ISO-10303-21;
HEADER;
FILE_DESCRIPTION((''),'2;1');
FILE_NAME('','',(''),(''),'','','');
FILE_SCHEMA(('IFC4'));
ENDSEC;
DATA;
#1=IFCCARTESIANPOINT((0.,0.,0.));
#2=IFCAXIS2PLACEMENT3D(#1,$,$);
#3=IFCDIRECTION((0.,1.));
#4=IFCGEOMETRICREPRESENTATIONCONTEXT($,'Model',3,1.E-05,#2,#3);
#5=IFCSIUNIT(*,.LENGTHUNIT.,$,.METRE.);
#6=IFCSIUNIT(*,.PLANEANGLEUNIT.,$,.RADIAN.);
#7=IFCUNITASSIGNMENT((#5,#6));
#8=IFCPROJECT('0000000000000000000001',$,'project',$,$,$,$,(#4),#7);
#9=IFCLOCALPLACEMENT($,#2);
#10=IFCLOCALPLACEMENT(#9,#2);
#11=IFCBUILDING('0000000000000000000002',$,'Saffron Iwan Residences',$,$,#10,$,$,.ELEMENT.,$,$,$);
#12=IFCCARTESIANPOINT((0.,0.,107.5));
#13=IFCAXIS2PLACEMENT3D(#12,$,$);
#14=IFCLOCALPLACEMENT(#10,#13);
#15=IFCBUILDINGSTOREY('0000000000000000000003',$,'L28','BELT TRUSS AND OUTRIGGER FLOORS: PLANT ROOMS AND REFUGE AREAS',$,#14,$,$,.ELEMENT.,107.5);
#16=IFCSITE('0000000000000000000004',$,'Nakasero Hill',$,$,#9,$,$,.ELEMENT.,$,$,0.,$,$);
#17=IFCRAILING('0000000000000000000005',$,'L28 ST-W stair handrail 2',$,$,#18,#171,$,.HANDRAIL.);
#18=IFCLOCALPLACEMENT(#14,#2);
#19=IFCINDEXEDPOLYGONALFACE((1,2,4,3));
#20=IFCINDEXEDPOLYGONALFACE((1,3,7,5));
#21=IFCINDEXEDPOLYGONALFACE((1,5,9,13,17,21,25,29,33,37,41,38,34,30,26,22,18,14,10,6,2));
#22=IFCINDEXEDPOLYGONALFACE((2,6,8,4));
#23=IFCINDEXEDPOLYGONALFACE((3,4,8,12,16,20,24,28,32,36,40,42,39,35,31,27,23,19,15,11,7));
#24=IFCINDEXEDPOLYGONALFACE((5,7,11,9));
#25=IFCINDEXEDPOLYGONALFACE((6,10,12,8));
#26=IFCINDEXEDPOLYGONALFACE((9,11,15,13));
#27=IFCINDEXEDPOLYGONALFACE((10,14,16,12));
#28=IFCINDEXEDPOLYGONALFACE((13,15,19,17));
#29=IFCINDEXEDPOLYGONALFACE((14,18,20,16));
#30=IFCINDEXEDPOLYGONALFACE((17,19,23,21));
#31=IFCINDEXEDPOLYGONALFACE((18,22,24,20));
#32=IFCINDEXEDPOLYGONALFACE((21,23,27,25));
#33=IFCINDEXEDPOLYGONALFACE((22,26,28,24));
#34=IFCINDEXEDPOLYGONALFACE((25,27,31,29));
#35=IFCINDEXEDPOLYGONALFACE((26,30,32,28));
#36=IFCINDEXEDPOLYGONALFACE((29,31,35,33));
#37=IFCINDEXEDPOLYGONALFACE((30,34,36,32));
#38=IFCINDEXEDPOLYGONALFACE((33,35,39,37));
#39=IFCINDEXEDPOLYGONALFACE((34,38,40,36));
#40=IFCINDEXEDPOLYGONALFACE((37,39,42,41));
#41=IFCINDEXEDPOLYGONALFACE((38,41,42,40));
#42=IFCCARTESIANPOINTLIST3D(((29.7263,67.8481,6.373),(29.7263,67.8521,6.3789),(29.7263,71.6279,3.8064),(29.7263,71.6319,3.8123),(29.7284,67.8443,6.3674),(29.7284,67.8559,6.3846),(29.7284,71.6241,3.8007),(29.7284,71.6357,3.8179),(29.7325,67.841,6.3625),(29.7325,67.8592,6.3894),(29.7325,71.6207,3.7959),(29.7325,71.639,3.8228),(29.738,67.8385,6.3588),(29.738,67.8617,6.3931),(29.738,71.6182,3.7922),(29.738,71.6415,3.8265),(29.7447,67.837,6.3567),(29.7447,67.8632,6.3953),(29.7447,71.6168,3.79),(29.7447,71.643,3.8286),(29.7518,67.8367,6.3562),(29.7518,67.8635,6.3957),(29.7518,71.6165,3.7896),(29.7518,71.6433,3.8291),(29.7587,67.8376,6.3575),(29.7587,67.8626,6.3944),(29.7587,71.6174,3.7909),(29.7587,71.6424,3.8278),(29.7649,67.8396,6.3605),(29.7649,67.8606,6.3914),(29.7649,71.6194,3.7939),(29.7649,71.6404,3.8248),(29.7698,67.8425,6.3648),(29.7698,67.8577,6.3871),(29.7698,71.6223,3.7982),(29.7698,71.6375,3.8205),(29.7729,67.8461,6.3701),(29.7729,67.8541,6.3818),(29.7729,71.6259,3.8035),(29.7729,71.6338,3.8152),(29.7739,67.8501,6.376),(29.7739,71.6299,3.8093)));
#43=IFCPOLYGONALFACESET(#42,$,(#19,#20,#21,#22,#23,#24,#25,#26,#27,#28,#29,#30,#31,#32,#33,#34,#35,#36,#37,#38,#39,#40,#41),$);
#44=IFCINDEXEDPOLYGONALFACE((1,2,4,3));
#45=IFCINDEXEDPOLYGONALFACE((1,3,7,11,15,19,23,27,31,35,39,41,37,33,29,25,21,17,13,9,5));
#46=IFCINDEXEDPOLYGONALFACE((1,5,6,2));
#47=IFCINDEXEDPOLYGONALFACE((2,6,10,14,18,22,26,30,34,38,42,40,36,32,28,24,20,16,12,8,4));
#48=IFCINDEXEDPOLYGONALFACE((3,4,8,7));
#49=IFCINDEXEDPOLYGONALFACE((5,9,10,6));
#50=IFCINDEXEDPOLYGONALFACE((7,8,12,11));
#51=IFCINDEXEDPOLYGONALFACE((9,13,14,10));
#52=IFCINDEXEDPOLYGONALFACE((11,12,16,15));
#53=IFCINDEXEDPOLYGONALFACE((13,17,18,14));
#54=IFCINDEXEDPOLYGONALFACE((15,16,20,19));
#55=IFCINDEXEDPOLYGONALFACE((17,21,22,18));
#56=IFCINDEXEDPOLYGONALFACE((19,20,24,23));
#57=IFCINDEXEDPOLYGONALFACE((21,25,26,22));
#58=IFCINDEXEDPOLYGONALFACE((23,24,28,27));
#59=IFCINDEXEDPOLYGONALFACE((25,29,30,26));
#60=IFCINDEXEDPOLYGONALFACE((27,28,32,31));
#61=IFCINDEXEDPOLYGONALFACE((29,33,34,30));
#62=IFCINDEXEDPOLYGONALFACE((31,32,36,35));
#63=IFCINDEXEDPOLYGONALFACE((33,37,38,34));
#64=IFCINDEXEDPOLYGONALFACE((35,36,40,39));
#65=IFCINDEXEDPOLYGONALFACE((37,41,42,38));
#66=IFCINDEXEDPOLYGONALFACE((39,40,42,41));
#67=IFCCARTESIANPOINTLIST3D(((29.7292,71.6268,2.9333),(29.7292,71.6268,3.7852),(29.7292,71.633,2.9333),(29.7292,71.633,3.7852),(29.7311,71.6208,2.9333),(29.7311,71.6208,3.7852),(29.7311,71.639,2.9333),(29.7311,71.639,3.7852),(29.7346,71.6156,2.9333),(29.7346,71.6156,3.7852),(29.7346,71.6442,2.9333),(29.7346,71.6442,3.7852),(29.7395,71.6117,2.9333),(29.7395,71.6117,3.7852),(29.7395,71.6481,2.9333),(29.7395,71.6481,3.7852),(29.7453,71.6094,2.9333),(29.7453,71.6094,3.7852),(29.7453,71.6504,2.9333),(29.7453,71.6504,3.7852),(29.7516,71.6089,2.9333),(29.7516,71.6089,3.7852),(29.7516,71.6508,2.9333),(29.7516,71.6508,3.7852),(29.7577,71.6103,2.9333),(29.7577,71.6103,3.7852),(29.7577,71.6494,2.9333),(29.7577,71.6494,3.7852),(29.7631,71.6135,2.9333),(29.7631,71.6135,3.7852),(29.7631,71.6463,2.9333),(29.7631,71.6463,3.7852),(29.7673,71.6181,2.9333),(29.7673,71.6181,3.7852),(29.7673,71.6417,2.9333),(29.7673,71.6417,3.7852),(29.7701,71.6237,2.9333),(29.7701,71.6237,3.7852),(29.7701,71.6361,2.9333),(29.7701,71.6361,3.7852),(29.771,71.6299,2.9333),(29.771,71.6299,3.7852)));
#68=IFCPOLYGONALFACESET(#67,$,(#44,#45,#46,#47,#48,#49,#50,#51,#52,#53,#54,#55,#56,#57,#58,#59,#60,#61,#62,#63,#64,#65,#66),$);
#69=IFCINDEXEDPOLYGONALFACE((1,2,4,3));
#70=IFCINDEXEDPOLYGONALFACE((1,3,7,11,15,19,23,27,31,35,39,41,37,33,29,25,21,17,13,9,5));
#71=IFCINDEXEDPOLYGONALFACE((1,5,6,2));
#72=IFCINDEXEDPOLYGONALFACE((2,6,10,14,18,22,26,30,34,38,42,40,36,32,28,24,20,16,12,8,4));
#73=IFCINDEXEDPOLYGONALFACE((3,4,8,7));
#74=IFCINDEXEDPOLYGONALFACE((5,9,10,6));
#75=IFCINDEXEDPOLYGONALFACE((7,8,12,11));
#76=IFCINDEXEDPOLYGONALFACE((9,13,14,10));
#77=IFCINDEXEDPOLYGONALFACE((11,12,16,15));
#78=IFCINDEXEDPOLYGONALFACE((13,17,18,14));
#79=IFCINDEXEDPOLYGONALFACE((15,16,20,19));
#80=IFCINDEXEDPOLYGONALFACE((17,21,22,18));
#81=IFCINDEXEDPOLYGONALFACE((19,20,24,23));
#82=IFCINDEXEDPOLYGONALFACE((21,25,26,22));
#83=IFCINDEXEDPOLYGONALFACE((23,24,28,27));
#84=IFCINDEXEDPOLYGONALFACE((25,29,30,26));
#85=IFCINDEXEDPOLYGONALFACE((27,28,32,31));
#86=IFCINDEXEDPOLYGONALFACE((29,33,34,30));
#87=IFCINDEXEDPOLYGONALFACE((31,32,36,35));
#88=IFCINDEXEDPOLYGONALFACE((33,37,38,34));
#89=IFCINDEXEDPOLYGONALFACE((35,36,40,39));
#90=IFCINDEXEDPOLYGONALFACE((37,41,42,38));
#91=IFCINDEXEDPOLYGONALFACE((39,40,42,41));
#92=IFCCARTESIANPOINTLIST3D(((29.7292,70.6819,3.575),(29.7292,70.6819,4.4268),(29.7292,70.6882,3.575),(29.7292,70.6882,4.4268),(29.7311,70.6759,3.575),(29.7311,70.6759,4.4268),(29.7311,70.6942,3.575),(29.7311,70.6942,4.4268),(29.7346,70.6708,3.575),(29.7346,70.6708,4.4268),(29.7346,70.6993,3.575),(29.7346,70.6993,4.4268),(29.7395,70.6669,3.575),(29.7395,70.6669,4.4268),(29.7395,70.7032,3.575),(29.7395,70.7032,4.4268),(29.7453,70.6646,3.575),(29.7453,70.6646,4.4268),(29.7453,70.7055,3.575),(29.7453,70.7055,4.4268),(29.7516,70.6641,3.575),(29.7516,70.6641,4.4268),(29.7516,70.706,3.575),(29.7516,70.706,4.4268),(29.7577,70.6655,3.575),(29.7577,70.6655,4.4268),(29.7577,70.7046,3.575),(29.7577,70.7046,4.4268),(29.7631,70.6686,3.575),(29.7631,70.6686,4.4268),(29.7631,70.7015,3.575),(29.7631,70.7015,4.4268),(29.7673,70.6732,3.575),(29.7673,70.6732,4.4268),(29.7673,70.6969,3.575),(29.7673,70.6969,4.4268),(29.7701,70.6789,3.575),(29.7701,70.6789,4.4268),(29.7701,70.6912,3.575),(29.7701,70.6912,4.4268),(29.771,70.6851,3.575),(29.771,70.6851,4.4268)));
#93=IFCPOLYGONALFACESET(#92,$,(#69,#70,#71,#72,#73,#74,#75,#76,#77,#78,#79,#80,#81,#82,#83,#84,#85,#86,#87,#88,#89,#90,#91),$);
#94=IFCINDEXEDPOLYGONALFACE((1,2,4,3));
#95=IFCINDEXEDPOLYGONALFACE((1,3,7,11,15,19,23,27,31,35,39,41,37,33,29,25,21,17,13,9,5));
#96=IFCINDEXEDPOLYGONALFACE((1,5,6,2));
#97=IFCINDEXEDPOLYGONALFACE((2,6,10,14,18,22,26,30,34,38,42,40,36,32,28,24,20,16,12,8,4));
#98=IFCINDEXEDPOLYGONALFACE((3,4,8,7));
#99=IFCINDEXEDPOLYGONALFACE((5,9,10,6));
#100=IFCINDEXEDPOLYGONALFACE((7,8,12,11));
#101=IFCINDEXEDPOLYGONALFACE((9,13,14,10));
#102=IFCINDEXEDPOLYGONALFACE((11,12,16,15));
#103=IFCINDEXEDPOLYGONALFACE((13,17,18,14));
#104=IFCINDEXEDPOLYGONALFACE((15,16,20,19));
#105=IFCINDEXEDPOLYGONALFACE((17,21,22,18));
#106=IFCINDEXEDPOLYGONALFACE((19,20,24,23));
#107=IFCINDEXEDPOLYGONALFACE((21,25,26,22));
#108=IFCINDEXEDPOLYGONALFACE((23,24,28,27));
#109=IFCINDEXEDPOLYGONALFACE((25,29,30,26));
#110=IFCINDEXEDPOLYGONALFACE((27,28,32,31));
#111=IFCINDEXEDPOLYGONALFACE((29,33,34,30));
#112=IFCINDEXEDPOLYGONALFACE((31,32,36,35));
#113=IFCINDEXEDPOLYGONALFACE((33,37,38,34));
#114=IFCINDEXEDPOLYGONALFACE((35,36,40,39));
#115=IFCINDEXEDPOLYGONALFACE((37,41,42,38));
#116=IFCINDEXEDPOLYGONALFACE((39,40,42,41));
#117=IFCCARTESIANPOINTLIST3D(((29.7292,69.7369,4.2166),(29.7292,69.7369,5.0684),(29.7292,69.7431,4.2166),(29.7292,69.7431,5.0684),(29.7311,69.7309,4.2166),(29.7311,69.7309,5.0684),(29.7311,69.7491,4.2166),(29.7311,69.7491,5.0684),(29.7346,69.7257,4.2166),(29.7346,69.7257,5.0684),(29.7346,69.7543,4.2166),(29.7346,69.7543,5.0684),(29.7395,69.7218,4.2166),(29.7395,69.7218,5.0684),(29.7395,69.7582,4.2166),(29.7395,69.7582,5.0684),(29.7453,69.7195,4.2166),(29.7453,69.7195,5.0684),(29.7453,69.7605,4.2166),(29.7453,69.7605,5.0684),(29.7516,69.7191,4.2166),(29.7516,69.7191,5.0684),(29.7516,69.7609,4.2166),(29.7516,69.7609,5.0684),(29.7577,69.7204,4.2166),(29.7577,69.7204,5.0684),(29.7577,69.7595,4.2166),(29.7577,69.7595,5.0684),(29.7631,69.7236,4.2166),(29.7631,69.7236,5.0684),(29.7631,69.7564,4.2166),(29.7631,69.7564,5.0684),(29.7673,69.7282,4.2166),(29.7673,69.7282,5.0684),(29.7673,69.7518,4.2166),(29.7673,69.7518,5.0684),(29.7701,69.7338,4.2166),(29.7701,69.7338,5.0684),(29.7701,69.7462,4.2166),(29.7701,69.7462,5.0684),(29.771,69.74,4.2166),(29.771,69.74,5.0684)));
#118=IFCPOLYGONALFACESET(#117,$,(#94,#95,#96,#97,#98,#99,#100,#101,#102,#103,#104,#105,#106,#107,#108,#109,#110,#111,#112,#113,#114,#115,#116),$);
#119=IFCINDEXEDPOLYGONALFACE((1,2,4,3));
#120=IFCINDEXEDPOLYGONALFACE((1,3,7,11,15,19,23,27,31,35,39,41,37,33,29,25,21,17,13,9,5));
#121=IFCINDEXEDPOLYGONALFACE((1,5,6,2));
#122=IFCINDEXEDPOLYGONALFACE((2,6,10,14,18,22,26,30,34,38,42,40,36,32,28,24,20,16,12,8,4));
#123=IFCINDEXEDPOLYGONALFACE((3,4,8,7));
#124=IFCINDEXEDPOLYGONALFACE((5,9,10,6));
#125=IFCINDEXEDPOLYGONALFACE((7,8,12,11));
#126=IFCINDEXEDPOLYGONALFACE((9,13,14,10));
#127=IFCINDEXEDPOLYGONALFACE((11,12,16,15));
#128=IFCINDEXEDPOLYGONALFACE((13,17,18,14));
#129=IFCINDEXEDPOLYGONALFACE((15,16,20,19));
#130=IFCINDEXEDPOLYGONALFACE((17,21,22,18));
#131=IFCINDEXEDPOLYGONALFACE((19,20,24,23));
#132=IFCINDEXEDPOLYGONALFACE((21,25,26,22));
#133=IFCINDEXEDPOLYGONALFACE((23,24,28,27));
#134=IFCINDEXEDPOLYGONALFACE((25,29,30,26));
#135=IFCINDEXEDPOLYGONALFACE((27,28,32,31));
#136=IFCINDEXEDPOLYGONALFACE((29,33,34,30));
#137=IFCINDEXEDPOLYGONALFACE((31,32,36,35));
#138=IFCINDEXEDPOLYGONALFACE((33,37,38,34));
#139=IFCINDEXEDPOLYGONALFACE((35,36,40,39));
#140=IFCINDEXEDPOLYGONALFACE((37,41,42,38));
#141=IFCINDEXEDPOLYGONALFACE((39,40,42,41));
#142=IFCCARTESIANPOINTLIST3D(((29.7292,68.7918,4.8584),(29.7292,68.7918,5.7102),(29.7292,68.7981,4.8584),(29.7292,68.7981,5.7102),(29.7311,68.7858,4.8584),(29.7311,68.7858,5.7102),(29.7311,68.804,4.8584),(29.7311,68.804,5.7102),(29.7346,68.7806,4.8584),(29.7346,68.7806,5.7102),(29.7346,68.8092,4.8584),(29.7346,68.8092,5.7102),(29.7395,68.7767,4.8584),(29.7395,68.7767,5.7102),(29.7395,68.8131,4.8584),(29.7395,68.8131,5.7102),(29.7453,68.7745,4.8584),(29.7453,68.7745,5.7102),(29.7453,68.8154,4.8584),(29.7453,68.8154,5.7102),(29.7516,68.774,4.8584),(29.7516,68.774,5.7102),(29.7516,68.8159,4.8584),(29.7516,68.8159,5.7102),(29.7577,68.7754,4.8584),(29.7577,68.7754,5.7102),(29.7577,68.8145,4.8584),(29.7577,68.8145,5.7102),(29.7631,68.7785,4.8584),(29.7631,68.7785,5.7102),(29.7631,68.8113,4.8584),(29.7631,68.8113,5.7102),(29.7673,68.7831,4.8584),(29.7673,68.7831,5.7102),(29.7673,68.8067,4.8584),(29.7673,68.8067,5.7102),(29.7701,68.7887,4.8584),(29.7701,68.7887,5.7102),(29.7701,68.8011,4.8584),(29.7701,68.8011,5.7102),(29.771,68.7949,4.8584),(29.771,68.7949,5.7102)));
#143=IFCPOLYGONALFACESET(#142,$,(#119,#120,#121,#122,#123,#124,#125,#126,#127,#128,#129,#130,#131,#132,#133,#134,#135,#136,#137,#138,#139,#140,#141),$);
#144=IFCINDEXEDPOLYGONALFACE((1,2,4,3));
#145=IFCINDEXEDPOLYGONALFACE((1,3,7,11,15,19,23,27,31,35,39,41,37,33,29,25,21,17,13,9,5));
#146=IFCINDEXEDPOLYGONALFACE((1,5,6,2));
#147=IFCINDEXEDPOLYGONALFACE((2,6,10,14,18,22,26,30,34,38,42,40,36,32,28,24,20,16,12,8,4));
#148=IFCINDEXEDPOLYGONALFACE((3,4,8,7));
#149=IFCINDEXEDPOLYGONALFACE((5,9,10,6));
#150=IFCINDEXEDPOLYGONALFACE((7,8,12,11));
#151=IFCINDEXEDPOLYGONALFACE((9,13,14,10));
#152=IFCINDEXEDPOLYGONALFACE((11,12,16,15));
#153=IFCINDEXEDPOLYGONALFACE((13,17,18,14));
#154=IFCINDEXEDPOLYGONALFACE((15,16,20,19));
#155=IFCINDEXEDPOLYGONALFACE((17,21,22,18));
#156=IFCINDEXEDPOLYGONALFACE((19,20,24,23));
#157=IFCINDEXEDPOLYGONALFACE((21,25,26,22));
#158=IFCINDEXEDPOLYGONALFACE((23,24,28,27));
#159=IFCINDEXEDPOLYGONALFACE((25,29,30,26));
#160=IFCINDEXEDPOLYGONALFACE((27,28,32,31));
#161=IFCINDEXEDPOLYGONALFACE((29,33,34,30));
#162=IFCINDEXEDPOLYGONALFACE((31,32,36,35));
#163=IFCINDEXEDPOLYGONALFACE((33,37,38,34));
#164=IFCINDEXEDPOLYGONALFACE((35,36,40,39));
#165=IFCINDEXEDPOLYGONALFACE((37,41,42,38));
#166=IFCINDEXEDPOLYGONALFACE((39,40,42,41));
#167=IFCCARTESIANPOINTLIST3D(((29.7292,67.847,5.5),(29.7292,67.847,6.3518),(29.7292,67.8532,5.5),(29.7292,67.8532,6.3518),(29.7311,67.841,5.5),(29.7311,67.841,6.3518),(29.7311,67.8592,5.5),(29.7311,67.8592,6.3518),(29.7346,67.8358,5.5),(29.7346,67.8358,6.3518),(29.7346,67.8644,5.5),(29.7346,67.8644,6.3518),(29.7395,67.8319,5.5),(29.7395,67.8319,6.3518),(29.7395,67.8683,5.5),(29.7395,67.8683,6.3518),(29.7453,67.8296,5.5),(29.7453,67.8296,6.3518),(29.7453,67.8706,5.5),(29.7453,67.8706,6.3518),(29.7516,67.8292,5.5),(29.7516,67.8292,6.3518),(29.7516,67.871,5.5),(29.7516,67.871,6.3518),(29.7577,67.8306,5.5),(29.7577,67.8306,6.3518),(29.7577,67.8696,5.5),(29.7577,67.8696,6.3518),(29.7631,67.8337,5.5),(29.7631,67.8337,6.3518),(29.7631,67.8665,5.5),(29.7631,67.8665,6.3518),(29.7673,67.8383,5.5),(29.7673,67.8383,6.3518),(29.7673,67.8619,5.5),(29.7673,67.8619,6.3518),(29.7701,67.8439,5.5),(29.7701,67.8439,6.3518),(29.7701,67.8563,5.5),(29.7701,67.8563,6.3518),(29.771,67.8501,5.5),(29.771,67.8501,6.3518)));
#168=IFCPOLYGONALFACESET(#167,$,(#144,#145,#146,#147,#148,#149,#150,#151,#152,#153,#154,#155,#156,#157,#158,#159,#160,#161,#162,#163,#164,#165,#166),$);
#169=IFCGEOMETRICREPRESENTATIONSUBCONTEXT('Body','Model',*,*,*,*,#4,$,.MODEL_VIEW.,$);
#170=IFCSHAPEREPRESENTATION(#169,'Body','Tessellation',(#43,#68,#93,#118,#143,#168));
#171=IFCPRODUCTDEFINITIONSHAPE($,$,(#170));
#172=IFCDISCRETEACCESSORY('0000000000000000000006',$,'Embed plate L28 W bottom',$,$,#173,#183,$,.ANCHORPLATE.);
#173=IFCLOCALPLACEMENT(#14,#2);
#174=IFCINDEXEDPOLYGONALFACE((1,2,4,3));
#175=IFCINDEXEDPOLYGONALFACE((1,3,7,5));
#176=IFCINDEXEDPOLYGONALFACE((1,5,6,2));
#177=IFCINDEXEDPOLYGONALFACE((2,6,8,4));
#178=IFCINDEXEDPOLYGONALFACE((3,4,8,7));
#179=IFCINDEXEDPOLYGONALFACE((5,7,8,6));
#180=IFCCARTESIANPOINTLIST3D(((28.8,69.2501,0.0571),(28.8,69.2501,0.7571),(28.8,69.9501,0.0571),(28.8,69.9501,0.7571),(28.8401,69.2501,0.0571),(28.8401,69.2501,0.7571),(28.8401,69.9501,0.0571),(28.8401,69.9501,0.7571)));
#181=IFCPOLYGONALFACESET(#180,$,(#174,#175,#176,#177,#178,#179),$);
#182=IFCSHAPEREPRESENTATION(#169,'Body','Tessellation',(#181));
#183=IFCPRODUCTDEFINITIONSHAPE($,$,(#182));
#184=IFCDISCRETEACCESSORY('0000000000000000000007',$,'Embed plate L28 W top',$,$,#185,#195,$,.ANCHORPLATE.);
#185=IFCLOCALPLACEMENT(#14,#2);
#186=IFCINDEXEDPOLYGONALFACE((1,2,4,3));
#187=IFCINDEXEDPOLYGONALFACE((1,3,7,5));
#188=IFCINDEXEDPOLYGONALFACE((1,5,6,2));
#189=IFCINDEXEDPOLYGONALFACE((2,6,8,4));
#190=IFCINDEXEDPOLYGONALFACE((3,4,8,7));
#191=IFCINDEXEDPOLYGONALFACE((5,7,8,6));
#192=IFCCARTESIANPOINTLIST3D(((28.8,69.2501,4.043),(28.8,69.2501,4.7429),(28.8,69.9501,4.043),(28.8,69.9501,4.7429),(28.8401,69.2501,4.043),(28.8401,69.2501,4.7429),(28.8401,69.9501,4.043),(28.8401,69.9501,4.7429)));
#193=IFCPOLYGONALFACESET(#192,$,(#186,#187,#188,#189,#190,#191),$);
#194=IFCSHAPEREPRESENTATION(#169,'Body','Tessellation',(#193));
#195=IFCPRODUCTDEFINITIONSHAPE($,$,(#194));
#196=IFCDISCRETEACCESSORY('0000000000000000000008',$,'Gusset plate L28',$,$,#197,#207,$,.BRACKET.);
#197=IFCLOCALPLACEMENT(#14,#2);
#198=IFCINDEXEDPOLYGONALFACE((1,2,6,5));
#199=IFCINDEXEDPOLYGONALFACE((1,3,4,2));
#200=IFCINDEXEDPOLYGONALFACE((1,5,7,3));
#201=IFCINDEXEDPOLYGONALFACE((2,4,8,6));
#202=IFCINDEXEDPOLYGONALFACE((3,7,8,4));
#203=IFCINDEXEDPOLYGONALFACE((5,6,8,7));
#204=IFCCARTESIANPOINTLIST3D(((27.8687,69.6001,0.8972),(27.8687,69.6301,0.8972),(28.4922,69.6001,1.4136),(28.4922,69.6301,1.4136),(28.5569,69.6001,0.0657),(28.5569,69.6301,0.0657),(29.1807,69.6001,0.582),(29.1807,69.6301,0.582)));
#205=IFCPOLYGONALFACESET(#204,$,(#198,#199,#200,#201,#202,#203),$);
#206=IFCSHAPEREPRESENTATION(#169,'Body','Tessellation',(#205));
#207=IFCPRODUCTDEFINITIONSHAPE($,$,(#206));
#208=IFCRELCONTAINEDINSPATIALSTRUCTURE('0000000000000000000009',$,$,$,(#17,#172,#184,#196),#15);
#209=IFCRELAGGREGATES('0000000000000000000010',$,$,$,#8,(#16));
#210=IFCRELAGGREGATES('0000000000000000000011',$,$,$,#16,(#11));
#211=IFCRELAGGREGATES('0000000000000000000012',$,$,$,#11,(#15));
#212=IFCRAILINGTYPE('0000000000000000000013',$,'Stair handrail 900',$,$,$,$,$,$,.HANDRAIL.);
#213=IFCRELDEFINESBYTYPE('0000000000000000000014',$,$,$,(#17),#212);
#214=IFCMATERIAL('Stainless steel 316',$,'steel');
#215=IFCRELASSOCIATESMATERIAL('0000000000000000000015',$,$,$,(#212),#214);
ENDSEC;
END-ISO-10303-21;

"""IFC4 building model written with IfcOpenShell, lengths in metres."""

from ifc_helpers import new_model, si_unit, direction, frame, origin, origin_2d, place, context, subcontext, project, spatial, polyline, rectangle, circle, outline, extrude, source, transform, mapped, material, type_object, element, save


model = new_model("IFC4")

# Units and contexts
model_context = context("Model", 3, precision=1e-05, world=origin(), true_north=direction((0.0, 1.0)))
body_context = subcontext(model_context, "Body", "Model", "MODEL_VIEW")
ifc_project = project(units=[si_unit("LENGTHUNIT", "METRE"), si_unit("PLANEANGLEUNIT", "RADIAN")], contexts=[model_context])

# Site, building, storey
site_placement = place(None, origin())
site = spatial("IfcSite", under=ifc_project, at=site_placement, Name="Nakasero Hill", CompositionType="ELEMENT", RefElevation=0.0)
building_placement = place(site_placement, origin())
building = spatial("IfcBuilding", under=site, at=building_placement, Name="Saffron Iwan Residences", CompositionType="ELEMENT")
storey_placement = place(building_placement, frame((0.0, 0.0, 107.5)))
storey = spatial("IfcBuildingStorey", under=building, at=storey_placement, Name="L28", Description="BELT TRUSS AND OUTRIGGER FLOORS: PLANT ROOMS AND REFUGE AREAS", CompositionType="ELEMENT", Elevation=107.5)

# Railing
ifc_material_1 = material(Name="Stainless steel 316", Category="steel")
railing_type_1 = type_object("IfcRailingType", Name="Stair handrail 900", PredefinedType="HANDRAIL", material=ifc_material_1)
railing_1_placement = place(storey_placement, frame((29.75, 71.6299, 2.9333)))
element("IfcRailing", 1, at=railing_1_placement, inside=storey, type_object=railing_type_1, Name="L28 ST-W stair handrail 2", PredefinedType="HANDRAIL", context=body_context, shape_type="SweptSolid", body=[
    extrude(circle(Radius=0.0239, at=origin_2d()), frame((0.0, 0.0, 0.876), z_axis=(0.0, -0.827293, 0.561771), x_axis=(1.0, 0.0, 0.0)), (0.0, 0.0, 1.0), 4.5688),
    extrude(circle(Radius=0.021, at=origin_2d()), origin(), (0.0, 0.0, 1.0), 0.8518),
    extrude(circle(Radius=0.021, at=origin_2d()), frame((0.0, -0.9448, 0.6416)), (0.0, 0.0, 1.0), 0.8518),
    extrude(circle(Radius=0.021, at=origin_2d()), frame((0.0, -1.8899, 1.2832)), (0.0, 0.0, 1.0), 0.8518),
    extrude(circle(Radius=0.021, at=origin_2d()), frame((0.0, -2.835, 1.925)), (0.0, 0.0, 1.0), 0.8518),
    extrude(circle(Radius=0.021, at=origin_2d()), frame((0.0, -3.7798, 2.5667)), (0.0, 0.0, 1.0), 0.8518),
])

# Discrete accessories
shared_shape_1 = source(origin(), body_context, "Body", "SweptSolid", [
    extrude(rectangle(XDim=0.04, YDim=0.7, at=origin_2d()), origin(), (0.0, 0.0, 1.0), 0.7),
])
for number, where, z_axis, x_axis, name in (
    (2, (28.8201, 69.6001, 0.0571), (0.0, 0.0, 1.0), (1.0, 0.0, 0.0), "Embed plate L28 W bottom"),
    (3, (28.8201, 69.6001, 4.043), (0.0, 0.0, 1.0), (1.0, 0.0, 0.0), "Embed plate L28 W top"),
):
    element("IfcDiscreteAccessory", number, at=place(storey_placement, frame(where, z_axis=z_axis, x_axis=x_axis)), inside=storey, Name=name, PredefinedType="ANCHORPLATE", context=body_context, shape_type="MappedRepresentation", body=[
        mapped(shared_shape_1, transform((0.0, 0.0, 0.0))),
    ])
discrete_accessory_1_placement = place(storey_placement, frame((29.1807, 69.6001, 0.582), z_axis=(0.0, -1.0, 0.0), x_axis=(-0.637734, 0.0, 0.770256)))
element("IfcDiscreteAccessory", 4, at=discrete_accessory_1_placement, inside=storey, Name="Gusset plate L28", PredefinedType="BRACKET", context=body_context, shape_type="SweptSolid", body=[
    extrude(outline(polyline([(0.0, 0.0), (1.0796, 0.0), (1.0795, 0.8096), (0.0001, 0.8098), (0.0, 0.0)])), origin(), (0.0, 0.0, -1.0), 0.03),
])

save(model, "model.ifc")
